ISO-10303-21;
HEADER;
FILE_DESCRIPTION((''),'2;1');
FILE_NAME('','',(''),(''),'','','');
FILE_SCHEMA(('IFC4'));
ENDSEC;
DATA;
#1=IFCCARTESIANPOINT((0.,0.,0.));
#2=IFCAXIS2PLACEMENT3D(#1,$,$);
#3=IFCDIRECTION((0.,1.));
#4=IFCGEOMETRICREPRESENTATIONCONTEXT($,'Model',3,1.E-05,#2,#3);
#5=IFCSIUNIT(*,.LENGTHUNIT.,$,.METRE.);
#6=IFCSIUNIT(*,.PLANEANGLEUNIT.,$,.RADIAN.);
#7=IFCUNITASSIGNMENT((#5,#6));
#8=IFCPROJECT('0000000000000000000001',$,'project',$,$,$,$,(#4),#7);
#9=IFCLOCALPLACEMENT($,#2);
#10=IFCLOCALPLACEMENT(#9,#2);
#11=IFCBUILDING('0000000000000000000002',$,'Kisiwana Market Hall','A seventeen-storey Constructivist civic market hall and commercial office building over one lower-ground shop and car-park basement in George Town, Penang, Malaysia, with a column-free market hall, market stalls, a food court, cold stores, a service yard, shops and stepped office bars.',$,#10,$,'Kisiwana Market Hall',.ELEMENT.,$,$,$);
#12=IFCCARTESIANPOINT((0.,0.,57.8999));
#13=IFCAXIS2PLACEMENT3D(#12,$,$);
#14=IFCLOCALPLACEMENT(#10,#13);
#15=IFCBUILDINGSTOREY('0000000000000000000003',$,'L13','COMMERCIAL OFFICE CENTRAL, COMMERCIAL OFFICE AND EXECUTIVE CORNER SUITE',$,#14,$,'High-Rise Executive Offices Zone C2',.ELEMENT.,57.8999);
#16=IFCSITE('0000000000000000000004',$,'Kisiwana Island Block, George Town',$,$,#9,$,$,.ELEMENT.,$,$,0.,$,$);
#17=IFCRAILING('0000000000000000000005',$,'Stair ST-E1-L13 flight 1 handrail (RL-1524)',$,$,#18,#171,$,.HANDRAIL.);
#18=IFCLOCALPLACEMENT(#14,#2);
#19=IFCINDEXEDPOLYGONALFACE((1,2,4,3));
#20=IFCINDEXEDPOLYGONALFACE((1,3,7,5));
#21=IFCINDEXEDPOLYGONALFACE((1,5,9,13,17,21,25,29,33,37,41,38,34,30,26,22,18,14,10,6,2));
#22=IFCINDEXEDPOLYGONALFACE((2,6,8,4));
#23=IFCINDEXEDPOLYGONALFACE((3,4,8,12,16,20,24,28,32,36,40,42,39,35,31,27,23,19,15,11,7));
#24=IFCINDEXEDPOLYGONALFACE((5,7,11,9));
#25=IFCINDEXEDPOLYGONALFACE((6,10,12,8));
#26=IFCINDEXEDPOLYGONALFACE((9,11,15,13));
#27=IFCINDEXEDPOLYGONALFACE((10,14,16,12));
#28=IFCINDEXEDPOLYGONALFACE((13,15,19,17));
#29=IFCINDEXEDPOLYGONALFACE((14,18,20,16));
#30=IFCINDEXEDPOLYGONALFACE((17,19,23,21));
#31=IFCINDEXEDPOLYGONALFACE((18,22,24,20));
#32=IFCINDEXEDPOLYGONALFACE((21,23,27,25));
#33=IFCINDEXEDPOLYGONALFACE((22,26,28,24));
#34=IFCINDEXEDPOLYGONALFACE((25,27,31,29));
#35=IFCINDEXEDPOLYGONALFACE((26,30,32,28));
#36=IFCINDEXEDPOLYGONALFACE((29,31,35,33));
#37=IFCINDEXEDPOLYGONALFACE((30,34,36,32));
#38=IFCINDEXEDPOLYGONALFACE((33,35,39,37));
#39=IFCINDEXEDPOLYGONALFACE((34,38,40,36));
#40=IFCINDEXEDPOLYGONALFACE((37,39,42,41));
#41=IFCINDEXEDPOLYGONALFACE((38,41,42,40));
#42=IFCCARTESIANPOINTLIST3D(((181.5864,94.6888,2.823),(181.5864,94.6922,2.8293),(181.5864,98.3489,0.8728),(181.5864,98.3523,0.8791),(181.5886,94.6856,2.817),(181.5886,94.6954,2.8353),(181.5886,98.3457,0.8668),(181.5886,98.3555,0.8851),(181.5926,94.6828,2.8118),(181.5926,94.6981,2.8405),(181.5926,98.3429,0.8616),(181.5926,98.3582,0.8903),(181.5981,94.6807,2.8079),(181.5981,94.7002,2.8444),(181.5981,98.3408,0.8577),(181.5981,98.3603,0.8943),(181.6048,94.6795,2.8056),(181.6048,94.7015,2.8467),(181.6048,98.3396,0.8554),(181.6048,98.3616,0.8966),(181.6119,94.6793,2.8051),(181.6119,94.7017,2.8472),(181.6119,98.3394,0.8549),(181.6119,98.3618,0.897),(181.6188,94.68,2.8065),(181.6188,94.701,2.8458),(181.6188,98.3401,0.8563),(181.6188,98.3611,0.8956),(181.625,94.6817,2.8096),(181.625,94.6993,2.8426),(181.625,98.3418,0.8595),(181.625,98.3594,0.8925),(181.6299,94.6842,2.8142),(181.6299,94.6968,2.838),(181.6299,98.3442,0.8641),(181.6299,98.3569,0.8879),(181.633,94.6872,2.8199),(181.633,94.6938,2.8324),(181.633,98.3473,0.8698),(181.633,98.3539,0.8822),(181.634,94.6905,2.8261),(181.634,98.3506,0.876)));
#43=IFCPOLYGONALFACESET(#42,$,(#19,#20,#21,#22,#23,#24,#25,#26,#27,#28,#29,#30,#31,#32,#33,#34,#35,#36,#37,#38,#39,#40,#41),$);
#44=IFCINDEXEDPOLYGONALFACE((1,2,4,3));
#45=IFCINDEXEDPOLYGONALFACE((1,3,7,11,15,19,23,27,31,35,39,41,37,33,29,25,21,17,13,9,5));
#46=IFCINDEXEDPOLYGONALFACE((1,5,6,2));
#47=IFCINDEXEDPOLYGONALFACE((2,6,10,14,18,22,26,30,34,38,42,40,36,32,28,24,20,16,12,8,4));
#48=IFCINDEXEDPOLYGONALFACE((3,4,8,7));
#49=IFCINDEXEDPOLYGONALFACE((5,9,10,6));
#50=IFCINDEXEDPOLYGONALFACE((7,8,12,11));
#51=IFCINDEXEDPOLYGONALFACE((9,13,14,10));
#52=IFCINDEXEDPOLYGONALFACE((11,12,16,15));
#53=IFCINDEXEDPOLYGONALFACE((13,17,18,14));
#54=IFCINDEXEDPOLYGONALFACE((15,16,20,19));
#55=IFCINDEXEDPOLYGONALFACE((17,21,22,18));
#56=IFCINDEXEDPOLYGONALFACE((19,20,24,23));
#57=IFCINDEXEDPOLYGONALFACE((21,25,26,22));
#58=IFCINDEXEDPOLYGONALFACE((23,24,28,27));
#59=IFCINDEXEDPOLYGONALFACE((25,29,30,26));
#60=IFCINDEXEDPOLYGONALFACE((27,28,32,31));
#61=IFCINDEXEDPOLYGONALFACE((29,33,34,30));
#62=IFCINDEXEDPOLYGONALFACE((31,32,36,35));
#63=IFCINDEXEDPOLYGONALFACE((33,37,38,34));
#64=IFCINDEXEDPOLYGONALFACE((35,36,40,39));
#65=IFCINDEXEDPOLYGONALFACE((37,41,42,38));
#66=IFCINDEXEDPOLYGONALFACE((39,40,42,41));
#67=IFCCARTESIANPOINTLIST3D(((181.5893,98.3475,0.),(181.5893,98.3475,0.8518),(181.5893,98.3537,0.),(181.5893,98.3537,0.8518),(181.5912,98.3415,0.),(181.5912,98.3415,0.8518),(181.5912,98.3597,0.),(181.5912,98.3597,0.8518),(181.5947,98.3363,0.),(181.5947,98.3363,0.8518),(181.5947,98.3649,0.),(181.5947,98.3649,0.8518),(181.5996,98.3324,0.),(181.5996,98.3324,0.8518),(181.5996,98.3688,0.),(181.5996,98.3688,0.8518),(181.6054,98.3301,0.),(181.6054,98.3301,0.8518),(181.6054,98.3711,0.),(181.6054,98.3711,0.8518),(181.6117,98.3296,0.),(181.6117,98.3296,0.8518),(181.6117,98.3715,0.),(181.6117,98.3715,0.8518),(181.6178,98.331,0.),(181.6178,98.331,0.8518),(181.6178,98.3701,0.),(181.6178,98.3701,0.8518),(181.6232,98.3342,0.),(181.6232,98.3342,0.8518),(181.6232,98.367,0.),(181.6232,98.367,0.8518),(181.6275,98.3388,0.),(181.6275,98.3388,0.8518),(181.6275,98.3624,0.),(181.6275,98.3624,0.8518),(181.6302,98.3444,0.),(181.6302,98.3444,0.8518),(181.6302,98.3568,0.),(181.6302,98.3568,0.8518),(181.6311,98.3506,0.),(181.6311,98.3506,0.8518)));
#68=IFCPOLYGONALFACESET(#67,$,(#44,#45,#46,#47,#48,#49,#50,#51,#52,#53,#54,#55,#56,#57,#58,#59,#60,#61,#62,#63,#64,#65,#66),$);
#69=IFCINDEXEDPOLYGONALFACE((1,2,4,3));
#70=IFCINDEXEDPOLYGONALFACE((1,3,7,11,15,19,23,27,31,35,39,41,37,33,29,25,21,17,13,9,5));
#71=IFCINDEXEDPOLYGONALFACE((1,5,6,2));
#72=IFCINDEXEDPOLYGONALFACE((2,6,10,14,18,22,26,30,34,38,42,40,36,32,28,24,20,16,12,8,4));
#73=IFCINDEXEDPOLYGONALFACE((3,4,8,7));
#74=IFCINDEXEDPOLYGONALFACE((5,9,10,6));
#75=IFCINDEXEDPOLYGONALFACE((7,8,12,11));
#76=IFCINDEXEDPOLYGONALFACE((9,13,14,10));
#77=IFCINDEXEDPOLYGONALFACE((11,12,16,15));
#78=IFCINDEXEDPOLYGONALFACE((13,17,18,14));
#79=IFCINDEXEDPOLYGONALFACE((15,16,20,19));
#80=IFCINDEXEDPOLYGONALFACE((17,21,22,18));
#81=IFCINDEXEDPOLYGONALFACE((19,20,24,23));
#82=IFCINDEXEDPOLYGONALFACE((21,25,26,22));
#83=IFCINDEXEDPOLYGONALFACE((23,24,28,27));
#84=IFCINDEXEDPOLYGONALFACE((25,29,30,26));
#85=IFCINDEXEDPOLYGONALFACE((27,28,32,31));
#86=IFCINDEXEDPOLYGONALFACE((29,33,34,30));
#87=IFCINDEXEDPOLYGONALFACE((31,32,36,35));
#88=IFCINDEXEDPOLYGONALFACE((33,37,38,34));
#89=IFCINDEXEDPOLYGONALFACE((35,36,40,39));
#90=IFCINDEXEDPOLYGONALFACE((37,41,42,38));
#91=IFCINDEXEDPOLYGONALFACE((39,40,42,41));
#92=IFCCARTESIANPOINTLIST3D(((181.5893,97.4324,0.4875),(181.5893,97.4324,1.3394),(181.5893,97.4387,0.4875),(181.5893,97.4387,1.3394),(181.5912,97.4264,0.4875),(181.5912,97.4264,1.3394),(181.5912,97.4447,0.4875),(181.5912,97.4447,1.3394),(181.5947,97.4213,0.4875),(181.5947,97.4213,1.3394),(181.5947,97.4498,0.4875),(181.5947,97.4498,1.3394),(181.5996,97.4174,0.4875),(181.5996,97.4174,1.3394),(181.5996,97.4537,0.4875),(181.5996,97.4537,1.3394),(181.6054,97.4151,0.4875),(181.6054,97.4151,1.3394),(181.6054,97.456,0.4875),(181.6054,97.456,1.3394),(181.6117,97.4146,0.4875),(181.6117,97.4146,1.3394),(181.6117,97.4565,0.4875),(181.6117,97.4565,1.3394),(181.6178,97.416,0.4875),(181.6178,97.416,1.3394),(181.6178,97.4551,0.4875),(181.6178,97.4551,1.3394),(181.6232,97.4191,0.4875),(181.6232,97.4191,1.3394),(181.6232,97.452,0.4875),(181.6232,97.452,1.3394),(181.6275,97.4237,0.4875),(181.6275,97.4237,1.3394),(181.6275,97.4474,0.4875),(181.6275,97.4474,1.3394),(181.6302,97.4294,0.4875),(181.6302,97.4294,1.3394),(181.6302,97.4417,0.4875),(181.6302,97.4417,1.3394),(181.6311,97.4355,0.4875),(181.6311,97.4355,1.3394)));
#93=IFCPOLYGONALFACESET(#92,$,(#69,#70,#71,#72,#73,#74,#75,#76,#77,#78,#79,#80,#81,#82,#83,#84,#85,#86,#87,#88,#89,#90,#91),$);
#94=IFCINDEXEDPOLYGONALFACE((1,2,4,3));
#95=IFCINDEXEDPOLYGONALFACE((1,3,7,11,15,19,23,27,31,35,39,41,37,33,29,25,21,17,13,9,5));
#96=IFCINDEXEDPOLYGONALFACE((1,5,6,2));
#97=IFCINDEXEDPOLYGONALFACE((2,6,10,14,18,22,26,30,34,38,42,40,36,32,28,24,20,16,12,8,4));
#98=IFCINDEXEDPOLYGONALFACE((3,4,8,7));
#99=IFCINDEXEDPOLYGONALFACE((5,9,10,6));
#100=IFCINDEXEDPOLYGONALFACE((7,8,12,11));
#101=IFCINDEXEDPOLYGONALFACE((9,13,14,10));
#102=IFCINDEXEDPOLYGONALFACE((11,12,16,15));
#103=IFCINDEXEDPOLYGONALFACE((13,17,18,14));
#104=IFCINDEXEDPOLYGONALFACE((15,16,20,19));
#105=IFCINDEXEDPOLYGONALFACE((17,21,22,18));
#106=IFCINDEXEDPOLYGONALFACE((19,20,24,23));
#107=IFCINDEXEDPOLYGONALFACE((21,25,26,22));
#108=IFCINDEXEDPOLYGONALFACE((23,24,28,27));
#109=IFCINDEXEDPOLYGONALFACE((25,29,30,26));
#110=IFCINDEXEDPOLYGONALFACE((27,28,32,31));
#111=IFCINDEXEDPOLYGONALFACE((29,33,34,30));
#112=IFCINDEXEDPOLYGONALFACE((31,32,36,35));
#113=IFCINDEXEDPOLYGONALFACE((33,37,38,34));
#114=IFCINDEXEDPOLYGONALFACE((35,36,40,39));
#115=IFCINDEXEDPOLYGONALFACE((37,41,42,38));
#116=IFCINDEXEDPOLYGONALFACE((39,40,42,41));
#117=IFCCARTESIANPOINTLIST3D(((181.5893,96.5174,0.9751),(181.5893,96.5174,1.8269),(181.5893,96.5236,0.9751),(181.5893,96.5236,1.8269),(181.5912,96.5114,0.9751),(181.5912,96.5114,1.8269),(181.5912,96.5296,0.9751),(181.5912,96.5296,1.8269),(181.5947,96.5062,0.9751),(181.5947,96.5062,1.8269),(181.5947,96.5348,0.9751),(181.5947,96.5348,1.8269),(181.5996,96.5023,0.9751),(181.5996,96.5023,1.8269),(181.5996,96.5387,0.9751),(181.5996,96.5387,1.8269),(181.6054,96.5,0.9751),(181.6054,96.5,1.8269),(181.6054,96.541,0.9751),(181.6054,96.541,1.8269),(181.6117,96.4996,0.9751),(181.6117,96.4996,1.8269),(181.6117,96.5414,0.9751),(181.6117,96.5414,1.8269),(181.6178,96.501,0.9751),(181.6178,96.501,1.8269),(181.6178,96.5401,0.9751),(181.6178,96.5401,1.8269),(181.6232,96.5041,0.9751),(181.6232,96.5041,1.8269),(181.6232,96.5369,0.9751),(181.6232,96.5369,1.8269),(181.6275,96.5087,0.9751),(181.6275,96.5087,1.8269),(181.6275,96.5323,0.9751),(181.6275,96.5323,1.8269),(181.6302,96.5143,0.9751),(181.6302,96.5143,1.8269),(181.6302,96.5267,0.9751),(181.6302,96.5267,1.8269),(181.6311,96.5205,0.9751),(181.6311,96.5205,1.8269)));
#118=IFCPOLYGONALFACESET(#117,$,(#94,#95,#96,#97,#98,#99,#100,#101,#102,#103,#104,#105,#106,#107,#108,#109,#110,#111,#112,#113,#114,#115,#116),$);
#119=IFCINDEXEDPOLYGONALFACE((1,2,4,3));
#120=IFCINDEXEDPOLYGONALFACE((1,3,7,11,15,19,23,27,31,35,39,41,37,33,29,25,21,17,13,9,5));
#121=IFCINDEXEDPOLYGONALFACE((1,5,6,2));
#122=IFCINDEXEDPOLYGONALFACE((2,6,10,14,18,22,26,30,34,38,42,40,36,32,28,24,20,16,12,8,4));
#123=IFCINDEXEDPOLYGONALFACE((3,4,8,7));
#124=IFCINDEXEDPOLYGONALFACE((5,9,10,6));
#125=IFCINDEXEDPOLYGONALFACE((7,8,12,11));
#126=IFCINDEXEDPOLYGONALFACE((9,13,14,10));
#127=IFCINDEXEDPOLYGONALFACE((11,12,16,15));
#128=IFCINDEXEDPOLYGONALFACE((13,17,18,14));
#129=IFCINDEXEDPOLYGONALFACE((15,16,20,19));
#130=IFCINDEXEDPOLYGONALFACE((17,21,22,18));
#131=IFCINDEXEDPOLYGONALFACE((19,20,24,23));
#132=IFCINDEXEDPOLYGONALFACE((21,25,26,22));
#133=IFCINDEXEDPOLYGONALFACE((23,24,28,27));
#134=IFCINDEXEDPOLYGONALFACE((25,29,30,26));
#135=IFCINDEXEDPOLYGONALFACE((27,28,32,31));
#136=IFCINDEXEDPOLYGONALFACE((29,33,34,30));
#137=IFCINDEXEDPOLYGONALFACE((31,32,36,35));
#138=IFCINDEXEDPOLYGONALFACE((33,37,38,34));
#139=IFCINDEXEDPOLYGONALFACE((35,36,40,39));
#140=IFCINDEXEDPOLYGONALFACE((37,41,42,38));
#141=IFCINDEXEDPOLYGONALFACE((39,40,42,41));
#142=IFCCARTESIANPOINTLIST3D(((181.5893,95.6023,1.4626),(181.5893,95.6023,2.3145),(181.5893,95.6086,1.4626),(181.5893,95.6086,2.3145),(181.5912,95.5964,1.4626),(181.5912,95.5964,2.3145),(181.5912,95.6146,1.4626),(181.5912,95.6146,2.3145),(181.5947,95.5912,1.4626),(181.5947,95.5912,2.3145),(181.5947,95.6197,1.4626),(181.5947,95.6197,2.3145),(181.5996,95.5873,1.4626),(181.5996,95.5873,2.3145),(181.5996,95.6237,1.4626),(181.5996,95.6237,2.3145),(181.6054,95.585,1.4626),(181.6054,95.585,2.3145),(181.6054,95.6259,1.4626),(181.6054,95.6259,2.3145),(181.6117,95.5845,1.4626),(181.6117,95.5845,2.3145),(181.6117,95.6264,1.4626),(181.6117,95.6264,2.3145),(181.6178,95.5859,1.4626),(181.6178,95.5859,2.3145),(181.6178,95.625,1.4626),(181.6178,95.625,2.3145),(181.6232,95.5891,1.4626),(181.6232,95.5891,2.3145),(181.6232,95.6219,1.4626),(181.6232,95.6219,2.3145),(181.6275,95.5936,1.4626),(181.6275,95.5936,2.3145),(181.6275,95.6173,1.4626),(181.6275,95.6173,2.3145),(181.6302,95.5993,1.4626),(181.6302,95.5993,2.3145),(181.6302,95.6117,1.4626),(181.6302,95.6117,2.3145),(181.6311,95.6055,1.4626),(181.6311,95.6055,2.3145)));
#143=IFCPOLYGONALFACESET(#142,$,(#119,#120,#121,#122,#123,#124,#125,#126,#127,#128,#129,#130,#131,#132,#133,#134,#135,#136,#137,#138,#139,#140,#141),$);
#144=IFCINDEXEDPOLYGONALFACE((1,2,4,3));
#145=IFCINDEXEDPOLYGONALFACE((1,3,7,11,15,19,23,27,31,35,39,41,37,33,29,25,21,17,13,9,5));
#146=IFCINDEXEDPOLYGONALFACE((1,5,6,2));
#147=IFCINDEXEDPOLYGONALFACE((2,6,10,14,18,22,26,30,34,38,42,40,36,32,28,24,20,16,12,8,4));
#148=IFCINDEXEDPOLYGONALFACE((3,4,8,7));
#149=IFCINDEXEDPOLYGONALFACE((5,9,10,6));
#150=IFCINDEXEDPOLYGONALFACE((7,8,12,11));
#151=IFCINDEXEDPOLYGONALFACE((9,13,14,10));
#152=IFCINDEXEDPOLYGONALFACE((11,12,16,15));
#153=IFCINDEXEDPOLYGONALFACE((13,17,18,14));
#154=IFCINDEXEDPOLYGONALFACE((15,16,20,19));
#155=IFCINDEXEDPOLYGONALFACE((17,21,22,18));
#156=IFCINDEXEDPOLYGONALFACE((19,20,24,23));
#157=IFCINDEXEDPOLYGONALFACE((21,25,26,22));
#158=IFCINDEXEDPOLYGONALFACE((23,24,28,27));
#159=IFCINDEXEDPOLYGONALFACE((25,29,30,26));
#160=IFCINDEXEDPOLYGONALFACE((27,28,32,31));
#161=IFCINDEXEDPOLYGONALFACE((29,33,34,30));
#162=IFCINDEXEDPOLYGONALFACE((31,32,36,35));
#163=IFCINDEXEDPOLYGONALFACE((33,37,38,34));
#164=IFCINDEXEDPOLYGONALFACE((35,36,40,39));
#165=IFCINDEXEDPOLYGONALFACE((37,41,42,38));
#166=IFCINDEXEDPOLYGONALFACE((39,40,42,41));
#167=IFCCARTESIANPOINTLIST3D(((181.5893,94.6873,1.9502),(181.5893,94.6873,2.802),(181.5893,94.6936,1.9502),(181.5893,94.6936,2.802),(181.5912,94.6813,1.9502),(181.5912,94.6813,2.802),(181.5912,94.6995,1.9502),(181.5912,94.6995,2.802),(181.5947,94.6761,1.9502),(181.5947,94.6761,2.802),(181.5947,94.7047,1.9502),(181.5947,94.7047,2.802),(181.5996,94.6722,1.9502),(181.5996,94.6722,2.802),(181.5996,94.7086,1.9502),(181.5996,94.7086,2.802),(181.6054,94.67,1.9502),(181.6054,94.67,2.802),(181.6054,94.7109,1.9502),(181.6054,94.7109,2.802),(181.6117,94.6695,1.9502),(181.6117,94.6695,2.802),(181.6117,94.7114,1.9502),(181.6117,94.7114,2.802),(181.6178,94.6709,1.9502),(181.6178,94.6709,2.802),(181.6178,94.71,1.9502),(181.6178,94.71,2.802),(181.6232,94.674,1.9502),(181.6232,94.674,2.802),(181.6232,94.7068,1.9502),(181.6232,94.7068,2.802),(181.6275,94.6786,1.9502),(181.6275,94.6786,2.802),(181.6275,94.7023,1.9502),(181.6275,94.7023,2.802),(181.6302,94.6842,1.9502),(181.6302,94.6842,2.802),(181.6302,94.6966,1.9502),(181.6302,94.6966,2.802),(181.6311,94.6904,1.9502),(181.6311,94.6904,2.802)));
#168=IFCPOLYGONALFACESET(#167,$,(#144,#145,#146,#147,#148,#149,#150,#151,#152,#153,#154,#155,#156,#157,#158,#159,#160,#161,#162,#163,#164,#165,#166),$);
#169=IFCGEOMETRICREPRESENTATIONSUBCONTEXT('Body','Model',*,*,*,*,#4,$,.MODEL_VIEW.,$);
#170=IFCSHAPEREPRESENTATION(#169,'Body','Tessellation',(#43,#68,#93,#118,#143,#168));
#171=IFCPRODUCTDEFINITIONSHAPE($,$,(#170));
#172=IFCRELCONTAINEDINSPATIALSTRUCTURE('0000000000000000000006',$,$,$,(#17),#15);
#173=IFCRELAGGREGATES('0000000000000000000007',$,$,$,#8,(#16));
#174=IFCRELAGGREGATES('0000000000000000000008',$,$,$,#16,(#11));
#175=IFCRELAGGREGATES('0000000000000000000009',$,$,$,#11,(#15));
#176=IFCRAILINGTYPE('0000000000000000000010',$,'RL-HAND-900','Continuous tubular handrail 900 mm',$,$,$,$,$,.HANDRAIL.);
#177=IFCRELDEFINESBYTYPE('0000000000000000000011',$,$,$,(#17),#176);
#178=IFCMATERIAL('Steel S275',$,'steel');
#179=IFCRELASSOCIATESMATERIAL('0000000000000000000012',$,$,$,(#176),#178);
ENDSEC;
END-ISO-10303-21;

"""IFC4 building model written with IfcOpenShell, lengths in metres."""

from ifc_helpers import new_model, si_unit, direction, frame, origin, origin_2d, place, context, subcontext, project, spatial, circle, extrude, material, type_object, element, save


model = new_model("IFC4")

# Units and contexts
model_context = context("Model", 3, precision=1e-05, world=origin(), true_north=direction((0.0, 1.0)))
body_context = subcontext(model_context, "Body", "Model", "MODEL_VIEW")
ifc_project = project(units=[si_unit("LENGTHUNIT", "METRE"), si_unit("PLANEANGLEUNIT", "RADIAN")], contexts=[model_context])

# Site, building, storey
site_placement = place(None, origin())
site = spatial("IfcSite", under=ifc_project, at=site_placement, Name="Kisiwana Island Block, George Town", CompositionType="ELEMENT", RefElevation=0.0)
building_placement = place(site_placement, origin())
building = spatial("IfcBuilding", under=site, at=building_placement, Name="Kisiwana Market Hall", Description="A seventeen-storey Constructivist civic market hall and commercial office building over one lower-ground shop and car-park basement in George Town, Penang, Malaysia, with a column-free market hall, market stalls, a food court, cold stores, a service yard, shops and stepped office bars.", LongName="Kisiwana Market Hall", CompositionType="ELEMENT")
storey_placement = place(building_placement, frame((0.0, 0.0, 57.8999)))
storey = spatial("IfcBuildingStorey", under=building, at=storey_placement, Name="L13", Description="COMMERCIAL OFFICE CENTRAL, COMMERCIAL OFFICE AND EXECUTIVE CORNER SUITE", LongName="High-Rise Executive Offices Zone C2", CompositionType="ELEMENT", Elevation=57.8999)

# Railing
ifc_material_1 = material(Name="Steel S275", Category="steel")
railing_type_1 = type_object("IfcRailingType", Name="RL-HAND-900", Description="Continuous tubular handrail 900 mm", PredefinedType="HANDRAIL", material=ifc_material_1)
railing_1_placement = place(storey_placement, frame((181.6101, 98.3506, 0.0)))
element("IfcRailing", 1, at=railing_1_placement, inside=storey, type_object=railing_type_1, Name="Stair ST-E1-L13 flight 1 handrail (RL-1524)", PredefinedType="HANDRAIL", context=body_context, shape_type="SweptSolid", body=[
    extrude(circle(Radius=0.0239, at=origin_2d()), frame((0.0, 0.0, 0.876), z_axis=(0.0, -0.882542, 0.470234), x_axis=(1.0, 0.0, 0.0)), (0.0, 0.0, 1.0), 4.1472),
    extrude(circle(Radius=0.021, at=origin_2d()), origin(), (0.0, 0.0, 1.0), 0.8518),
    extrude(circle(Radius=0.021, at=origin_2d()), frame((0.0, -0.915, 0.4875)), (0.0, 0.0, 1.0), 0.8518),
    extrude(circle(Radius=0.021, at=origin_2d()), frame((0.0, -1.8301, 0.9751)), (0.0, 0.0, 1.0), 0.8518),
    extrude(circle(Radius=0.021, at=origin_2d()), frame((0.0, -2.7451, 1.4626)), (0.0, 0.0, 1.0), 0.8518),
    extrude(circle(Radius=0.021, at=origin_2d()), frame((0.0, -3.6602, 1.9502)), (0.0, 0.0, 1.0), 0.8518),
])

save(model, "model.ifc")
